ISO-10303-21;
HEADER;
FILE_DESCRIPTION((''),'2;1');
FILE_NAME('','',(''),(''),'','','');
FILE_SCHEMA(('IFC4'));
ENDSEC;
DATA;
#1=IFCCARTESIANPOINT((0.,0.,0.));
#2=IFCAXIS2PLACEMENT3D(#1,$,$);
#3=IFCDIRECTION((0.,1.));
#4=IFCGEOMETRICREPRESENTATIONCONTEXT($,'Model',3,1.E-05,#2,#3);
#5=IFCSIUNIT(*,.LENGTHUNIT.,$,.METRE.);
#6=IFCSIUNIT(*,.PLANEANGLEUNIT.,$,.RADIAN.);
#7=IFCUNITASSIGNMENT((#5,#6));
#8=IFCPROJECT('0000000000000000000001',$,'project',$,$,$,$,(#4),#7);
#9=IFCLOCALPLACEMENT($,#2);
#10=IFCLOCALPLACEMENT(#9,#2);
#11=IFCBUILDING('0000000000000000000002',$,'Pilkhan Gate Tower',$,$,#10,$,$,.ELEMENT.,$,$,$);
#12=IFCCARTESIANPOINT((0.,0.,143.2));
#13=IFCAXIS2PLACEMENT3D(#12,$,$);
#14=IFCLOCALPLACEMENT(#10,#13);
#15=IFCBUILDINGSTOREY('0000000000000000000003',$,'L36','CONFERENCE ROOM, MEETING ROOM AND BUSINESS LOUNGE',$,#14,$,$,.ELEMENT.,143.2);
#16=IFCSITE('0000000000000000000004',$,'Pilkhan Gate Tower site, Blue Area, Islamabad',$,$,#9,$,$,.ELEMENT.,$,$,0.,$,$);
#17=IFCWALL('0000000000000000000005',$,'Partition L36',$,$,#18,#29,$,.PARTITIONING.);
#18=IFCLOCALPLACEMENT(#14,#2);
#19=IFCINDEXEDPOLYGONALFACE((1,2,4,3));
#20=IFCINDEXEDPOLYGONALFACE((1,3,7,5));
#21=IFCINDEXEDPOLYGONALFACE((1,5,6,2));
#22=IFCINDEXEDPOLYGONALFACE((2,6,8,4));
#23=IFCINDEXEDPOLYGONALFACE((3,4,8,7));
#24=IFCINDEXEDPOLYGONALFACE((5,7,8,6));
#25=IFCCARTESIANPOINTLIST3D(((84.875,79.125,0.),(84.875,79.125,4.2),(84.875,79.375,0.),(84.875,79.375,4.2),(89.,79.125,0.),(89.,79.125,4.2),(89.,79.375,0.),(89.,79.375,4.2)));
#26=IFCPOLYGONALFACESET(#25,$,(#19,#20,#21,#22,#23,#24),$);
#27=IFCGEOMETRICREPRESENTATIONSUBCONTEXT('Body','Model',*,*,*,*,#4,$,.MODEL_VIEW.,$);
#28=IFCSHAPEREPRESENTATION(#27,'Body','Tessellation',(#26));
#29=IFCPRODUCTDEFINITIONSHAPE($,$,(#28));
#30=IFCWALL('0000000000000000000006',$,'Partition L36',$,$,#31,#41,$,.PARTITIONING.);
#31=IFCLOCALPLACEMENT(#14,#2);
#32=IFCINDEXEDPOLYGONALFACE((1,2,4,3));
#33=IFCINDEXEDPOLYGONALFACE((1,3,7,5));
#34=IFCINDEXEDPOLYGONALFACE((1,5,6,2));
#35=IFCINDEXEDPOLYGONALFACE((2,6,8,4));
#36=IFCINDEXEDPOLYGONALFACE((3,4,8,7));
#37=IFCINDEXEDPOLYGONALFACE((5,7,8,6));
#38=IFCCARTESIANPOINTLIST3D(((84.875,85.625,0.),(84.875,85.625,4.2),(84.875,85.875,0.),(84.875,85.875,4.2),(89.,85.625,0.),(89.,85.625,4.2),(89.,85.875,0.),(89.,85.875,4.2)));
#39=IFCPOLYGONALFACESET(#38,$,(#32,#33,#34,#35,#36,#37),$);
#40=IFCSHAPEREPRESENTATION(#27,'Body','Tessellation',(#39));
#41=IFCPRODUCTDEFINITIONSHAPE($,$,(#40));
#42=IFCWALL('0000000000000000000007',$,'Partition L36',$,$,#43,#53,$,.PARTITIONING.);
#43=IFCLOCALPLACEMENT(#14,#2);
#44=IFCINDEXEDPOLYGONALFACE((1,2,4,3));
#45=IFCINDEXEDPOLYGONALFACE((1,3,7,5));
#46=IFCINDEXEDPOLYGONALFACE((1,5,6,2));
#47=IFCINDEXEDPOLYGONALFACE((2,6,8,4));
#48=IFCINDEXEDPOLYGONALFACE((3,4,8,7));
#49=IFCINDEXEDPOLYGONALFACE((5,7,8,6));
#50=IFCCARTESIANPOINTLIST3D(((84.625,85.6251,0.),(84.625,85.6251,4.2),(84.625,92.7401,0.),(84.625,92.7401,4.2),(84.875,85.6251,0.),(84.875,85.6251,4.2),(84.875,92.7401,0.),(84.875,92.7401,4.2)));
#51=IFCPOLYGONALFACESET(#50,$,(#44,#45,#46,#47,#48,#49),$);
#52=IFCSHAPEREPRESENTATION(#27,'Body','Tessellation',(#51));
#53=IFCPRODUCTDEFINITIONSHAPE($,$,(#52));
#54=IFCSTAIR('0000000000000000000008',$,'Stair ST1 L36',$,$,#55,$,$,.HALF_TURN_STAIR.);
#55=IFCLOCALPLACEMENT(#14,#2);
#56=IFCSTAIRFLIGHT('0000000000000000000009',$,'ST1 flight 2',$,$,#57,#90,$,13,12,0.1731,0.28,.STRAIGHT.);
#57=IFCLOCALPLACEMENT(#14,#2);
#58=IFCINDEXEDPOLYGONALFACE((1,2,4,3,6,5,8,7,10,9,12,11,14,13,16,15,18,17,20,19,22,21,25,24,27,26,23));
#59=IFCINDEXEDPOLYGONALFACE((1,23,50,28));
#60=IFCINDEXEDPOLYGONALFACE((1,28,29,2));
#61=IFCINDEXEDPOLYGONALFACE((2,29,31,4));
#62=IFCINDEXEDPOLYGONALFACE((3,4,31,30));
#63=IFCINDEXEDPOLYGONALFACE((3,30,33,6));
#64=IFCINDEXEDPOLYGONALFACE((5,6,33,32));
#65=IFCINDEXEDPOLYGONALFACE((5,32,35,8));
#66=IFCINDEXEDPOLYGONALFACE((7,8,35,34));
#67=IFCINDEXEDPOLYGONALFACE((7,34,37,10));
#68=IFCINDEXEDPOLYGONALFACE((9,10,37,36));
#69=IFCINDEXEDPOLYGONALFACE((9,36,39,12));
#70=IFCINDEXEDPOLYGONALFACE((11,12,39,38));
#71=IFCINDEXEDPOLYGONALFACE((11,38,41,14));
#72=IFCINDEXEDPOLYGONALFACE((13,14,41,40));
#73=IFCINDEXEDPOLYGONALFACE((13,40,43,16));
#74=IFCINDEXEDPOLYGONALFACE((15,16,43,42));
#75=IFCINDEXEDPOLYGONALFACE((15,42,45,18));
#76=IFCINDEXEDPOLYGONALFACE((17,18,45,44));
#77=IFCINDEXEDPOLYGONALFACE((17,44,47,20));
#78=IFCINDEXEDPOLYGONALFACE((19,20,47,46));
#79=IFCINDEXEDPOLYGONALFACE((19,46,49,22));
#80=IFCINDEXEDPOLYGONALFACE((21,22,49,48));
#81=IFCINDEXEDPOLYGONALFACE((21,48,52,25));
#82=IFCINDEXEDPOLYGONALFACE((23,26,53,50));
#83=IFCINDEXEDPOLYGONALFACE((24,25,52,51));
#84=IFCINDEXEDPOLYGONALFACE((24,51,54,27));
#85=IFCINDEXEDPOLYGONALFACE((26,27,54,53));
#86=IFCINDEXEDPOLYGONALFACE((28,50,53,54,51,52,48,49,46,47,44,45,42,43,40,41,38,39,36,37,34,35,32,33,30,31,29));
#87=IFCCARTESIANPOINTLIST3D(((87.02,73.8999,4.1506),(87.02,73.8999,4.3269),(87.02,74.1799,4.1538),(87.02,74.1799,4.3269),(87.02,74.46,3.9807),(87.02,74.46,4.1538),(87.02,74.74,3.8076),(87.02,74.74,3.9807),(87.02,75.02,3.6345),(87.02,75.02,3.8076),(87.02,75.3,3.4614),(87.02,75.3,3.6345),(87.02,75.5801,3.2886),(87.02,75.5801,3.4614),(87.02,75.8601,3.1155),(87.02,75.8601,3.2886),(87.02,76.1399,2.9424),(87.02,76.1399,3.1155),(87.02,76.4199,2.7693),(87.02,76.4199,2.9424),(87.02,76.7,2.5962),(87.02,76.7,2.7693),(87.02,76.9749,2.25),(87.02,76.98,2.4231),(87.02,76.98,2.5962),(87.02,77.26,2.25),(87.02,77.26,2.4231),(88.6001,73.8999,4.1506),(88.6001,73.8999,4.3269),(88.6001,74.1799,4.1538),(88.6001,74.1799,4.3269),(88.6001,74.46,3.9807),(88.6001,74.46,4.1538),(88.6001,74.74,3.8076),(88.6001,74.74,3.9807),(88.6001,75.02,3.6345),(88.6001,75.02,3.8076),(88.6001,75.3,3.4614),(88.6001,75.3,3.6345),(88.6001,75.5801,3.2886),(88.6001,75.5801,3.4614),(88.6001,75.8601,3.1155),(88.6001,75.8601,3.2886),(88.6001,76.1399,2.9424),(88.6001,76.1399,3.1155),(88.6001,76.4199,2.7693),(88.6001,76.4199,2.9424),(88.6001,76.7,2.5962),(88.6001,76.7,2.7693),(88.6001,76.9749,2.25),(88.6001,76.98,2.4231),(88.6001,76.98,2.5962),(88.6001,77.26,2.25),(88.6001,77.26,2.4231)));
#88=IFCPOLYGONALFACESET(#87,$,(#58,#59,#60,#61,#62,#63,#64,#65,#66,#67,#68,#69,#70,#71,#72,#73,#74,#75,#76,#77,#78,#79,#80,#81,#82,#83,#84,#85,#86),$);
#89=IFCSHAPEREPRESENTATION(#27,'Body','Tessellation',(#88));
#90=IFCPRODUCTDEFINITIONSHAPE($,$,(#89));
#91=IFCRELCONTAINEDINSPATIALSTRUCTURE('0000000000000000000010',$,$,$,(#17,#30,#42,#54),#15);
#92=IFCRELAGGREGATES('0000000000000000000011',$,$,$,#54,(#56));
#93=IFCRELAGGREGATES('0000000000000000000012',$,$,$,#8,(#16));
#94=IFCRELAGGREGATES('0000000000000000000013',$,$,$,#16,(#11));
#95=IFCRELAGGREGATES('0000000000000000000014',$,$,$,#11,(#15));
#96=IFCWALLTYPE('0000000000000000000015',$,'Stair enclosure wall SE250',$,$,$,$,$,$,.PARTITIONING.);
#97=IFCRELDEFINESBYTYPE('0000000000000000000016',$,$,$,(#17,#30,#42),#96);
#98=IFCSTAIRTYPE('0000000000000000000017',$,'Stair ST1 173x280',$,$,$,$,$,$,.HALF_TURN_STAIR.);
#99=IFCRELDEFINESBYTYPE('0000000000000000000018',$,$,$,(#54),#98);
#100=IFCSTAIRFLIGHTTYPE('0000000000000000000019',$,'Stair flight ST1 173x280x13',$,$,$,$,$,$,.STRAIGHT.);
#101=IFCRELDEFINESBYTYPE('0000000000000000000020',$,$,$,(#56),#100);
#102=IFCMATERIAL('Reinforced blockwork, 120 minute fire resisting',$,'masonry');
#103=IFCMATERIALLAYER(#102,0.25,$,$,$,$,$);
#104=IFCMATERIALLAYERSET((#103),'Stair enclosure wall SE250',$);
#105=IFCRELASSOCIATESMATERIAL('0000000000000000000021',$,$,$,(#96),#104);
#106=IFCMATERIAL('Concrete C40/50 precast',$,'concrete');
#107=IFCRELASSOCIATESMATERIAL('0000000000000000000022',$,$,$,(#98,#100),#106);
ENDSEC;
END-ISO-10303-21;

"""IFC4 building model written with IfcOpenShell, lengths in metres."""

from ifc_helpers import new_model, si_unit, direction, frame, frame_2d, origin, place, context, subcontext, project, spatial, polyline, rectangle, outline, extrude, material, layer, layer_set, type_object, element, aggregate, save


model = new_model("IFC4")

# Units and contexts
model_context = context("Model", 3, precision=1e-05, world=origin(), true_north=direction((0.0, 1.0)))
body_context = subcontext(model_context, "Body", "Model", "MODEL_VIEW")
ifc_project = project(units=[si_unit("LENGTHUNIT", "METRE"), si_unit("PLANEANGLEUNIT", "RADIAN")], contexts=[model_context])

# Site, building, storey
site_placement = place(None, origin())
site = spatial("IfcSite", under=ifc_project, at=site_placement, Name="Pilkhan Gate Tower site, Blue Area, Islamabad", CompositionType="ELEMENT", RefElevation=0.0)
building_placement = place(site_placement, origin())
building = spatial("IfcBuilding", under=site, at=building_placement, Name="Pilkhan Gate Tower", CompositionType="ELEMENT")
storey_placement = place(building_placement, frame((0.0, 0.0, 143.2)))
storey = spatial("IfcBuildingStorey", under=building, at=storey_placement, Name="L36", Description="CONFERENCE ROOM, MEETING ROOM AND BUSINESS LOUNGE", CompositionType="ELEMENT", Elevation=143.2)

# Walls
ifc_material_1 = material(Name="Reinforced blockwork, 120 minute fire resisting", Category="masonry")
ifc_layer_1 = layer(ifc_material_1, 0.25)
ifc_layer_set_1 = layer_set([ifc_layer_1], Name="Stair enclosure wall SE250")
wall_type_1 = type_object("IfcWallType", Name="Stair enclosure wall SE250", PredefinedType="PARTITIONING", material=ifc_layer_set_1)
for number, where, z_axis, x_axis, name in (
    (1, (84.875, 79.25, 0.0), (0.0, 0.0, 1.0), (1.0, 0.0, 0.0), "Partition L36"),
    (2, (84.875, 85.75, 0.0), (0.0, 0.0, 1.0), (1.0, 0.0, 0.0), "Partition L36"),
):
    element("IfcWall", number, at=place(storey_placement, frame(where, z_axis=z_axis, x_axis=x_axis)), inside=storey, type_object=wall_type_1, Name=name, PredefinedType="PARTITIONING", context=body_context, shape_type="SweptSolid", body=[
        extrude(rectangle(XDim=4.125, YDim=0.25, at=frame_2d((2.0625, 0.0))), origin(), (0.0, 0.0, 1.0), 4.2),
    ])
wall_1_placement = place(storey_placement, frame((84.75, 85.625, 0.0), z_axis=(0.0, 0.0, 1.0), x_axis=(0.0, 1.0, 0.0)))
element("IfcWall", 3, at=wall_1_placement, inside=storey, type_object=wall_type_1, Name="Partition L36", PredefinedType="PARTITIONING", context=body_context, shape_type="SweptSolid", body=[
    extrude(rectangle(XDim=7.115, YDim=0.25, at=frame_2d((3.5576, 0.0))), origin(), (0.0, 0.0, 1.0), 4.2),
])

# Stair, stair flight
ifc_material_2 = material(Name="Concrete C40/50 precast", Category="concrete")
stair_type = type_object("IfcStairType", Name="Stair ST1 173x280", PredefinedType="HALF_TURN_STAIR", material=ifc_material_2)
stair_placement = place(storey_placement, origin())
stair = element("IfcStair", 4, at=stair_placement, inside=storey, type_object=stair_type, Name="Stair ST1 L36", PredefinedType="HALF_TURN_STAIR")
stair_flight_type = type_object("IfcStairFlightType", Name="Stair flight ST1 173x280x13", PredefinedType="STRAIGHT", material=ifc_material_2)
stair_flight_placement = place(storey_placement, frame((87.8101, 77.26, 2.25), z_axis=(0.0, 0.0, 1.0), x_axis=(0.0, -1.0, 0.0)))
stair_flight = element("IfcStairFlight", 5, at=stair_flight_placement, type_object=stair_flight_type, Name="ST1 flight 2", NumberOfRisers=13, NumberOfTreads=12, PredefinedType="STRAIGHT", RiserHeight=0.1731, TreadLength=0.28, context=body_context, shape_type="SweptSolid", body=[
    extrude(outline(polyline([(0.0, 0.0), (0.0, 0.1731), (0.28, 0.1731), (0.28, 0.3462), (0.5601, 0.3462), (0.5601, 0.5193), (0.8401, 0.5193), (0.8401, 0.6924), (1.1201, 0.6924), (1.1201, 0.8655), (1.3999, 0.8655), (1.3999, 1.0386), (1.6799, 1.0386), (1.6799, 1.2114), (1.96, 1.2114), (1.96, 1.3845), (2.24, 1.3845), (2.24, 1.5576), (2.52, 1.5576), (2.52, 1.7307), (2.8, 1.7307), (2.8, 1.9038), (3.0801, 1.9038), (3.0801, 2.0769), (3.3601, 2.0769), (3.3601, 2.25), (3.3601, 1.9006), (0.2852, 0.0), (0.0, 0.0)])), frame((0.0, 0.79, 0.0), z_axis=(0.0, -1.0, 0.0), x_axis=(1.0, 0.0, 0.0)), (0.0, 0.0, 1.0), 1.5801),
])
aggregate(stair, [stair_flight])

save(model, "model.ifc")
